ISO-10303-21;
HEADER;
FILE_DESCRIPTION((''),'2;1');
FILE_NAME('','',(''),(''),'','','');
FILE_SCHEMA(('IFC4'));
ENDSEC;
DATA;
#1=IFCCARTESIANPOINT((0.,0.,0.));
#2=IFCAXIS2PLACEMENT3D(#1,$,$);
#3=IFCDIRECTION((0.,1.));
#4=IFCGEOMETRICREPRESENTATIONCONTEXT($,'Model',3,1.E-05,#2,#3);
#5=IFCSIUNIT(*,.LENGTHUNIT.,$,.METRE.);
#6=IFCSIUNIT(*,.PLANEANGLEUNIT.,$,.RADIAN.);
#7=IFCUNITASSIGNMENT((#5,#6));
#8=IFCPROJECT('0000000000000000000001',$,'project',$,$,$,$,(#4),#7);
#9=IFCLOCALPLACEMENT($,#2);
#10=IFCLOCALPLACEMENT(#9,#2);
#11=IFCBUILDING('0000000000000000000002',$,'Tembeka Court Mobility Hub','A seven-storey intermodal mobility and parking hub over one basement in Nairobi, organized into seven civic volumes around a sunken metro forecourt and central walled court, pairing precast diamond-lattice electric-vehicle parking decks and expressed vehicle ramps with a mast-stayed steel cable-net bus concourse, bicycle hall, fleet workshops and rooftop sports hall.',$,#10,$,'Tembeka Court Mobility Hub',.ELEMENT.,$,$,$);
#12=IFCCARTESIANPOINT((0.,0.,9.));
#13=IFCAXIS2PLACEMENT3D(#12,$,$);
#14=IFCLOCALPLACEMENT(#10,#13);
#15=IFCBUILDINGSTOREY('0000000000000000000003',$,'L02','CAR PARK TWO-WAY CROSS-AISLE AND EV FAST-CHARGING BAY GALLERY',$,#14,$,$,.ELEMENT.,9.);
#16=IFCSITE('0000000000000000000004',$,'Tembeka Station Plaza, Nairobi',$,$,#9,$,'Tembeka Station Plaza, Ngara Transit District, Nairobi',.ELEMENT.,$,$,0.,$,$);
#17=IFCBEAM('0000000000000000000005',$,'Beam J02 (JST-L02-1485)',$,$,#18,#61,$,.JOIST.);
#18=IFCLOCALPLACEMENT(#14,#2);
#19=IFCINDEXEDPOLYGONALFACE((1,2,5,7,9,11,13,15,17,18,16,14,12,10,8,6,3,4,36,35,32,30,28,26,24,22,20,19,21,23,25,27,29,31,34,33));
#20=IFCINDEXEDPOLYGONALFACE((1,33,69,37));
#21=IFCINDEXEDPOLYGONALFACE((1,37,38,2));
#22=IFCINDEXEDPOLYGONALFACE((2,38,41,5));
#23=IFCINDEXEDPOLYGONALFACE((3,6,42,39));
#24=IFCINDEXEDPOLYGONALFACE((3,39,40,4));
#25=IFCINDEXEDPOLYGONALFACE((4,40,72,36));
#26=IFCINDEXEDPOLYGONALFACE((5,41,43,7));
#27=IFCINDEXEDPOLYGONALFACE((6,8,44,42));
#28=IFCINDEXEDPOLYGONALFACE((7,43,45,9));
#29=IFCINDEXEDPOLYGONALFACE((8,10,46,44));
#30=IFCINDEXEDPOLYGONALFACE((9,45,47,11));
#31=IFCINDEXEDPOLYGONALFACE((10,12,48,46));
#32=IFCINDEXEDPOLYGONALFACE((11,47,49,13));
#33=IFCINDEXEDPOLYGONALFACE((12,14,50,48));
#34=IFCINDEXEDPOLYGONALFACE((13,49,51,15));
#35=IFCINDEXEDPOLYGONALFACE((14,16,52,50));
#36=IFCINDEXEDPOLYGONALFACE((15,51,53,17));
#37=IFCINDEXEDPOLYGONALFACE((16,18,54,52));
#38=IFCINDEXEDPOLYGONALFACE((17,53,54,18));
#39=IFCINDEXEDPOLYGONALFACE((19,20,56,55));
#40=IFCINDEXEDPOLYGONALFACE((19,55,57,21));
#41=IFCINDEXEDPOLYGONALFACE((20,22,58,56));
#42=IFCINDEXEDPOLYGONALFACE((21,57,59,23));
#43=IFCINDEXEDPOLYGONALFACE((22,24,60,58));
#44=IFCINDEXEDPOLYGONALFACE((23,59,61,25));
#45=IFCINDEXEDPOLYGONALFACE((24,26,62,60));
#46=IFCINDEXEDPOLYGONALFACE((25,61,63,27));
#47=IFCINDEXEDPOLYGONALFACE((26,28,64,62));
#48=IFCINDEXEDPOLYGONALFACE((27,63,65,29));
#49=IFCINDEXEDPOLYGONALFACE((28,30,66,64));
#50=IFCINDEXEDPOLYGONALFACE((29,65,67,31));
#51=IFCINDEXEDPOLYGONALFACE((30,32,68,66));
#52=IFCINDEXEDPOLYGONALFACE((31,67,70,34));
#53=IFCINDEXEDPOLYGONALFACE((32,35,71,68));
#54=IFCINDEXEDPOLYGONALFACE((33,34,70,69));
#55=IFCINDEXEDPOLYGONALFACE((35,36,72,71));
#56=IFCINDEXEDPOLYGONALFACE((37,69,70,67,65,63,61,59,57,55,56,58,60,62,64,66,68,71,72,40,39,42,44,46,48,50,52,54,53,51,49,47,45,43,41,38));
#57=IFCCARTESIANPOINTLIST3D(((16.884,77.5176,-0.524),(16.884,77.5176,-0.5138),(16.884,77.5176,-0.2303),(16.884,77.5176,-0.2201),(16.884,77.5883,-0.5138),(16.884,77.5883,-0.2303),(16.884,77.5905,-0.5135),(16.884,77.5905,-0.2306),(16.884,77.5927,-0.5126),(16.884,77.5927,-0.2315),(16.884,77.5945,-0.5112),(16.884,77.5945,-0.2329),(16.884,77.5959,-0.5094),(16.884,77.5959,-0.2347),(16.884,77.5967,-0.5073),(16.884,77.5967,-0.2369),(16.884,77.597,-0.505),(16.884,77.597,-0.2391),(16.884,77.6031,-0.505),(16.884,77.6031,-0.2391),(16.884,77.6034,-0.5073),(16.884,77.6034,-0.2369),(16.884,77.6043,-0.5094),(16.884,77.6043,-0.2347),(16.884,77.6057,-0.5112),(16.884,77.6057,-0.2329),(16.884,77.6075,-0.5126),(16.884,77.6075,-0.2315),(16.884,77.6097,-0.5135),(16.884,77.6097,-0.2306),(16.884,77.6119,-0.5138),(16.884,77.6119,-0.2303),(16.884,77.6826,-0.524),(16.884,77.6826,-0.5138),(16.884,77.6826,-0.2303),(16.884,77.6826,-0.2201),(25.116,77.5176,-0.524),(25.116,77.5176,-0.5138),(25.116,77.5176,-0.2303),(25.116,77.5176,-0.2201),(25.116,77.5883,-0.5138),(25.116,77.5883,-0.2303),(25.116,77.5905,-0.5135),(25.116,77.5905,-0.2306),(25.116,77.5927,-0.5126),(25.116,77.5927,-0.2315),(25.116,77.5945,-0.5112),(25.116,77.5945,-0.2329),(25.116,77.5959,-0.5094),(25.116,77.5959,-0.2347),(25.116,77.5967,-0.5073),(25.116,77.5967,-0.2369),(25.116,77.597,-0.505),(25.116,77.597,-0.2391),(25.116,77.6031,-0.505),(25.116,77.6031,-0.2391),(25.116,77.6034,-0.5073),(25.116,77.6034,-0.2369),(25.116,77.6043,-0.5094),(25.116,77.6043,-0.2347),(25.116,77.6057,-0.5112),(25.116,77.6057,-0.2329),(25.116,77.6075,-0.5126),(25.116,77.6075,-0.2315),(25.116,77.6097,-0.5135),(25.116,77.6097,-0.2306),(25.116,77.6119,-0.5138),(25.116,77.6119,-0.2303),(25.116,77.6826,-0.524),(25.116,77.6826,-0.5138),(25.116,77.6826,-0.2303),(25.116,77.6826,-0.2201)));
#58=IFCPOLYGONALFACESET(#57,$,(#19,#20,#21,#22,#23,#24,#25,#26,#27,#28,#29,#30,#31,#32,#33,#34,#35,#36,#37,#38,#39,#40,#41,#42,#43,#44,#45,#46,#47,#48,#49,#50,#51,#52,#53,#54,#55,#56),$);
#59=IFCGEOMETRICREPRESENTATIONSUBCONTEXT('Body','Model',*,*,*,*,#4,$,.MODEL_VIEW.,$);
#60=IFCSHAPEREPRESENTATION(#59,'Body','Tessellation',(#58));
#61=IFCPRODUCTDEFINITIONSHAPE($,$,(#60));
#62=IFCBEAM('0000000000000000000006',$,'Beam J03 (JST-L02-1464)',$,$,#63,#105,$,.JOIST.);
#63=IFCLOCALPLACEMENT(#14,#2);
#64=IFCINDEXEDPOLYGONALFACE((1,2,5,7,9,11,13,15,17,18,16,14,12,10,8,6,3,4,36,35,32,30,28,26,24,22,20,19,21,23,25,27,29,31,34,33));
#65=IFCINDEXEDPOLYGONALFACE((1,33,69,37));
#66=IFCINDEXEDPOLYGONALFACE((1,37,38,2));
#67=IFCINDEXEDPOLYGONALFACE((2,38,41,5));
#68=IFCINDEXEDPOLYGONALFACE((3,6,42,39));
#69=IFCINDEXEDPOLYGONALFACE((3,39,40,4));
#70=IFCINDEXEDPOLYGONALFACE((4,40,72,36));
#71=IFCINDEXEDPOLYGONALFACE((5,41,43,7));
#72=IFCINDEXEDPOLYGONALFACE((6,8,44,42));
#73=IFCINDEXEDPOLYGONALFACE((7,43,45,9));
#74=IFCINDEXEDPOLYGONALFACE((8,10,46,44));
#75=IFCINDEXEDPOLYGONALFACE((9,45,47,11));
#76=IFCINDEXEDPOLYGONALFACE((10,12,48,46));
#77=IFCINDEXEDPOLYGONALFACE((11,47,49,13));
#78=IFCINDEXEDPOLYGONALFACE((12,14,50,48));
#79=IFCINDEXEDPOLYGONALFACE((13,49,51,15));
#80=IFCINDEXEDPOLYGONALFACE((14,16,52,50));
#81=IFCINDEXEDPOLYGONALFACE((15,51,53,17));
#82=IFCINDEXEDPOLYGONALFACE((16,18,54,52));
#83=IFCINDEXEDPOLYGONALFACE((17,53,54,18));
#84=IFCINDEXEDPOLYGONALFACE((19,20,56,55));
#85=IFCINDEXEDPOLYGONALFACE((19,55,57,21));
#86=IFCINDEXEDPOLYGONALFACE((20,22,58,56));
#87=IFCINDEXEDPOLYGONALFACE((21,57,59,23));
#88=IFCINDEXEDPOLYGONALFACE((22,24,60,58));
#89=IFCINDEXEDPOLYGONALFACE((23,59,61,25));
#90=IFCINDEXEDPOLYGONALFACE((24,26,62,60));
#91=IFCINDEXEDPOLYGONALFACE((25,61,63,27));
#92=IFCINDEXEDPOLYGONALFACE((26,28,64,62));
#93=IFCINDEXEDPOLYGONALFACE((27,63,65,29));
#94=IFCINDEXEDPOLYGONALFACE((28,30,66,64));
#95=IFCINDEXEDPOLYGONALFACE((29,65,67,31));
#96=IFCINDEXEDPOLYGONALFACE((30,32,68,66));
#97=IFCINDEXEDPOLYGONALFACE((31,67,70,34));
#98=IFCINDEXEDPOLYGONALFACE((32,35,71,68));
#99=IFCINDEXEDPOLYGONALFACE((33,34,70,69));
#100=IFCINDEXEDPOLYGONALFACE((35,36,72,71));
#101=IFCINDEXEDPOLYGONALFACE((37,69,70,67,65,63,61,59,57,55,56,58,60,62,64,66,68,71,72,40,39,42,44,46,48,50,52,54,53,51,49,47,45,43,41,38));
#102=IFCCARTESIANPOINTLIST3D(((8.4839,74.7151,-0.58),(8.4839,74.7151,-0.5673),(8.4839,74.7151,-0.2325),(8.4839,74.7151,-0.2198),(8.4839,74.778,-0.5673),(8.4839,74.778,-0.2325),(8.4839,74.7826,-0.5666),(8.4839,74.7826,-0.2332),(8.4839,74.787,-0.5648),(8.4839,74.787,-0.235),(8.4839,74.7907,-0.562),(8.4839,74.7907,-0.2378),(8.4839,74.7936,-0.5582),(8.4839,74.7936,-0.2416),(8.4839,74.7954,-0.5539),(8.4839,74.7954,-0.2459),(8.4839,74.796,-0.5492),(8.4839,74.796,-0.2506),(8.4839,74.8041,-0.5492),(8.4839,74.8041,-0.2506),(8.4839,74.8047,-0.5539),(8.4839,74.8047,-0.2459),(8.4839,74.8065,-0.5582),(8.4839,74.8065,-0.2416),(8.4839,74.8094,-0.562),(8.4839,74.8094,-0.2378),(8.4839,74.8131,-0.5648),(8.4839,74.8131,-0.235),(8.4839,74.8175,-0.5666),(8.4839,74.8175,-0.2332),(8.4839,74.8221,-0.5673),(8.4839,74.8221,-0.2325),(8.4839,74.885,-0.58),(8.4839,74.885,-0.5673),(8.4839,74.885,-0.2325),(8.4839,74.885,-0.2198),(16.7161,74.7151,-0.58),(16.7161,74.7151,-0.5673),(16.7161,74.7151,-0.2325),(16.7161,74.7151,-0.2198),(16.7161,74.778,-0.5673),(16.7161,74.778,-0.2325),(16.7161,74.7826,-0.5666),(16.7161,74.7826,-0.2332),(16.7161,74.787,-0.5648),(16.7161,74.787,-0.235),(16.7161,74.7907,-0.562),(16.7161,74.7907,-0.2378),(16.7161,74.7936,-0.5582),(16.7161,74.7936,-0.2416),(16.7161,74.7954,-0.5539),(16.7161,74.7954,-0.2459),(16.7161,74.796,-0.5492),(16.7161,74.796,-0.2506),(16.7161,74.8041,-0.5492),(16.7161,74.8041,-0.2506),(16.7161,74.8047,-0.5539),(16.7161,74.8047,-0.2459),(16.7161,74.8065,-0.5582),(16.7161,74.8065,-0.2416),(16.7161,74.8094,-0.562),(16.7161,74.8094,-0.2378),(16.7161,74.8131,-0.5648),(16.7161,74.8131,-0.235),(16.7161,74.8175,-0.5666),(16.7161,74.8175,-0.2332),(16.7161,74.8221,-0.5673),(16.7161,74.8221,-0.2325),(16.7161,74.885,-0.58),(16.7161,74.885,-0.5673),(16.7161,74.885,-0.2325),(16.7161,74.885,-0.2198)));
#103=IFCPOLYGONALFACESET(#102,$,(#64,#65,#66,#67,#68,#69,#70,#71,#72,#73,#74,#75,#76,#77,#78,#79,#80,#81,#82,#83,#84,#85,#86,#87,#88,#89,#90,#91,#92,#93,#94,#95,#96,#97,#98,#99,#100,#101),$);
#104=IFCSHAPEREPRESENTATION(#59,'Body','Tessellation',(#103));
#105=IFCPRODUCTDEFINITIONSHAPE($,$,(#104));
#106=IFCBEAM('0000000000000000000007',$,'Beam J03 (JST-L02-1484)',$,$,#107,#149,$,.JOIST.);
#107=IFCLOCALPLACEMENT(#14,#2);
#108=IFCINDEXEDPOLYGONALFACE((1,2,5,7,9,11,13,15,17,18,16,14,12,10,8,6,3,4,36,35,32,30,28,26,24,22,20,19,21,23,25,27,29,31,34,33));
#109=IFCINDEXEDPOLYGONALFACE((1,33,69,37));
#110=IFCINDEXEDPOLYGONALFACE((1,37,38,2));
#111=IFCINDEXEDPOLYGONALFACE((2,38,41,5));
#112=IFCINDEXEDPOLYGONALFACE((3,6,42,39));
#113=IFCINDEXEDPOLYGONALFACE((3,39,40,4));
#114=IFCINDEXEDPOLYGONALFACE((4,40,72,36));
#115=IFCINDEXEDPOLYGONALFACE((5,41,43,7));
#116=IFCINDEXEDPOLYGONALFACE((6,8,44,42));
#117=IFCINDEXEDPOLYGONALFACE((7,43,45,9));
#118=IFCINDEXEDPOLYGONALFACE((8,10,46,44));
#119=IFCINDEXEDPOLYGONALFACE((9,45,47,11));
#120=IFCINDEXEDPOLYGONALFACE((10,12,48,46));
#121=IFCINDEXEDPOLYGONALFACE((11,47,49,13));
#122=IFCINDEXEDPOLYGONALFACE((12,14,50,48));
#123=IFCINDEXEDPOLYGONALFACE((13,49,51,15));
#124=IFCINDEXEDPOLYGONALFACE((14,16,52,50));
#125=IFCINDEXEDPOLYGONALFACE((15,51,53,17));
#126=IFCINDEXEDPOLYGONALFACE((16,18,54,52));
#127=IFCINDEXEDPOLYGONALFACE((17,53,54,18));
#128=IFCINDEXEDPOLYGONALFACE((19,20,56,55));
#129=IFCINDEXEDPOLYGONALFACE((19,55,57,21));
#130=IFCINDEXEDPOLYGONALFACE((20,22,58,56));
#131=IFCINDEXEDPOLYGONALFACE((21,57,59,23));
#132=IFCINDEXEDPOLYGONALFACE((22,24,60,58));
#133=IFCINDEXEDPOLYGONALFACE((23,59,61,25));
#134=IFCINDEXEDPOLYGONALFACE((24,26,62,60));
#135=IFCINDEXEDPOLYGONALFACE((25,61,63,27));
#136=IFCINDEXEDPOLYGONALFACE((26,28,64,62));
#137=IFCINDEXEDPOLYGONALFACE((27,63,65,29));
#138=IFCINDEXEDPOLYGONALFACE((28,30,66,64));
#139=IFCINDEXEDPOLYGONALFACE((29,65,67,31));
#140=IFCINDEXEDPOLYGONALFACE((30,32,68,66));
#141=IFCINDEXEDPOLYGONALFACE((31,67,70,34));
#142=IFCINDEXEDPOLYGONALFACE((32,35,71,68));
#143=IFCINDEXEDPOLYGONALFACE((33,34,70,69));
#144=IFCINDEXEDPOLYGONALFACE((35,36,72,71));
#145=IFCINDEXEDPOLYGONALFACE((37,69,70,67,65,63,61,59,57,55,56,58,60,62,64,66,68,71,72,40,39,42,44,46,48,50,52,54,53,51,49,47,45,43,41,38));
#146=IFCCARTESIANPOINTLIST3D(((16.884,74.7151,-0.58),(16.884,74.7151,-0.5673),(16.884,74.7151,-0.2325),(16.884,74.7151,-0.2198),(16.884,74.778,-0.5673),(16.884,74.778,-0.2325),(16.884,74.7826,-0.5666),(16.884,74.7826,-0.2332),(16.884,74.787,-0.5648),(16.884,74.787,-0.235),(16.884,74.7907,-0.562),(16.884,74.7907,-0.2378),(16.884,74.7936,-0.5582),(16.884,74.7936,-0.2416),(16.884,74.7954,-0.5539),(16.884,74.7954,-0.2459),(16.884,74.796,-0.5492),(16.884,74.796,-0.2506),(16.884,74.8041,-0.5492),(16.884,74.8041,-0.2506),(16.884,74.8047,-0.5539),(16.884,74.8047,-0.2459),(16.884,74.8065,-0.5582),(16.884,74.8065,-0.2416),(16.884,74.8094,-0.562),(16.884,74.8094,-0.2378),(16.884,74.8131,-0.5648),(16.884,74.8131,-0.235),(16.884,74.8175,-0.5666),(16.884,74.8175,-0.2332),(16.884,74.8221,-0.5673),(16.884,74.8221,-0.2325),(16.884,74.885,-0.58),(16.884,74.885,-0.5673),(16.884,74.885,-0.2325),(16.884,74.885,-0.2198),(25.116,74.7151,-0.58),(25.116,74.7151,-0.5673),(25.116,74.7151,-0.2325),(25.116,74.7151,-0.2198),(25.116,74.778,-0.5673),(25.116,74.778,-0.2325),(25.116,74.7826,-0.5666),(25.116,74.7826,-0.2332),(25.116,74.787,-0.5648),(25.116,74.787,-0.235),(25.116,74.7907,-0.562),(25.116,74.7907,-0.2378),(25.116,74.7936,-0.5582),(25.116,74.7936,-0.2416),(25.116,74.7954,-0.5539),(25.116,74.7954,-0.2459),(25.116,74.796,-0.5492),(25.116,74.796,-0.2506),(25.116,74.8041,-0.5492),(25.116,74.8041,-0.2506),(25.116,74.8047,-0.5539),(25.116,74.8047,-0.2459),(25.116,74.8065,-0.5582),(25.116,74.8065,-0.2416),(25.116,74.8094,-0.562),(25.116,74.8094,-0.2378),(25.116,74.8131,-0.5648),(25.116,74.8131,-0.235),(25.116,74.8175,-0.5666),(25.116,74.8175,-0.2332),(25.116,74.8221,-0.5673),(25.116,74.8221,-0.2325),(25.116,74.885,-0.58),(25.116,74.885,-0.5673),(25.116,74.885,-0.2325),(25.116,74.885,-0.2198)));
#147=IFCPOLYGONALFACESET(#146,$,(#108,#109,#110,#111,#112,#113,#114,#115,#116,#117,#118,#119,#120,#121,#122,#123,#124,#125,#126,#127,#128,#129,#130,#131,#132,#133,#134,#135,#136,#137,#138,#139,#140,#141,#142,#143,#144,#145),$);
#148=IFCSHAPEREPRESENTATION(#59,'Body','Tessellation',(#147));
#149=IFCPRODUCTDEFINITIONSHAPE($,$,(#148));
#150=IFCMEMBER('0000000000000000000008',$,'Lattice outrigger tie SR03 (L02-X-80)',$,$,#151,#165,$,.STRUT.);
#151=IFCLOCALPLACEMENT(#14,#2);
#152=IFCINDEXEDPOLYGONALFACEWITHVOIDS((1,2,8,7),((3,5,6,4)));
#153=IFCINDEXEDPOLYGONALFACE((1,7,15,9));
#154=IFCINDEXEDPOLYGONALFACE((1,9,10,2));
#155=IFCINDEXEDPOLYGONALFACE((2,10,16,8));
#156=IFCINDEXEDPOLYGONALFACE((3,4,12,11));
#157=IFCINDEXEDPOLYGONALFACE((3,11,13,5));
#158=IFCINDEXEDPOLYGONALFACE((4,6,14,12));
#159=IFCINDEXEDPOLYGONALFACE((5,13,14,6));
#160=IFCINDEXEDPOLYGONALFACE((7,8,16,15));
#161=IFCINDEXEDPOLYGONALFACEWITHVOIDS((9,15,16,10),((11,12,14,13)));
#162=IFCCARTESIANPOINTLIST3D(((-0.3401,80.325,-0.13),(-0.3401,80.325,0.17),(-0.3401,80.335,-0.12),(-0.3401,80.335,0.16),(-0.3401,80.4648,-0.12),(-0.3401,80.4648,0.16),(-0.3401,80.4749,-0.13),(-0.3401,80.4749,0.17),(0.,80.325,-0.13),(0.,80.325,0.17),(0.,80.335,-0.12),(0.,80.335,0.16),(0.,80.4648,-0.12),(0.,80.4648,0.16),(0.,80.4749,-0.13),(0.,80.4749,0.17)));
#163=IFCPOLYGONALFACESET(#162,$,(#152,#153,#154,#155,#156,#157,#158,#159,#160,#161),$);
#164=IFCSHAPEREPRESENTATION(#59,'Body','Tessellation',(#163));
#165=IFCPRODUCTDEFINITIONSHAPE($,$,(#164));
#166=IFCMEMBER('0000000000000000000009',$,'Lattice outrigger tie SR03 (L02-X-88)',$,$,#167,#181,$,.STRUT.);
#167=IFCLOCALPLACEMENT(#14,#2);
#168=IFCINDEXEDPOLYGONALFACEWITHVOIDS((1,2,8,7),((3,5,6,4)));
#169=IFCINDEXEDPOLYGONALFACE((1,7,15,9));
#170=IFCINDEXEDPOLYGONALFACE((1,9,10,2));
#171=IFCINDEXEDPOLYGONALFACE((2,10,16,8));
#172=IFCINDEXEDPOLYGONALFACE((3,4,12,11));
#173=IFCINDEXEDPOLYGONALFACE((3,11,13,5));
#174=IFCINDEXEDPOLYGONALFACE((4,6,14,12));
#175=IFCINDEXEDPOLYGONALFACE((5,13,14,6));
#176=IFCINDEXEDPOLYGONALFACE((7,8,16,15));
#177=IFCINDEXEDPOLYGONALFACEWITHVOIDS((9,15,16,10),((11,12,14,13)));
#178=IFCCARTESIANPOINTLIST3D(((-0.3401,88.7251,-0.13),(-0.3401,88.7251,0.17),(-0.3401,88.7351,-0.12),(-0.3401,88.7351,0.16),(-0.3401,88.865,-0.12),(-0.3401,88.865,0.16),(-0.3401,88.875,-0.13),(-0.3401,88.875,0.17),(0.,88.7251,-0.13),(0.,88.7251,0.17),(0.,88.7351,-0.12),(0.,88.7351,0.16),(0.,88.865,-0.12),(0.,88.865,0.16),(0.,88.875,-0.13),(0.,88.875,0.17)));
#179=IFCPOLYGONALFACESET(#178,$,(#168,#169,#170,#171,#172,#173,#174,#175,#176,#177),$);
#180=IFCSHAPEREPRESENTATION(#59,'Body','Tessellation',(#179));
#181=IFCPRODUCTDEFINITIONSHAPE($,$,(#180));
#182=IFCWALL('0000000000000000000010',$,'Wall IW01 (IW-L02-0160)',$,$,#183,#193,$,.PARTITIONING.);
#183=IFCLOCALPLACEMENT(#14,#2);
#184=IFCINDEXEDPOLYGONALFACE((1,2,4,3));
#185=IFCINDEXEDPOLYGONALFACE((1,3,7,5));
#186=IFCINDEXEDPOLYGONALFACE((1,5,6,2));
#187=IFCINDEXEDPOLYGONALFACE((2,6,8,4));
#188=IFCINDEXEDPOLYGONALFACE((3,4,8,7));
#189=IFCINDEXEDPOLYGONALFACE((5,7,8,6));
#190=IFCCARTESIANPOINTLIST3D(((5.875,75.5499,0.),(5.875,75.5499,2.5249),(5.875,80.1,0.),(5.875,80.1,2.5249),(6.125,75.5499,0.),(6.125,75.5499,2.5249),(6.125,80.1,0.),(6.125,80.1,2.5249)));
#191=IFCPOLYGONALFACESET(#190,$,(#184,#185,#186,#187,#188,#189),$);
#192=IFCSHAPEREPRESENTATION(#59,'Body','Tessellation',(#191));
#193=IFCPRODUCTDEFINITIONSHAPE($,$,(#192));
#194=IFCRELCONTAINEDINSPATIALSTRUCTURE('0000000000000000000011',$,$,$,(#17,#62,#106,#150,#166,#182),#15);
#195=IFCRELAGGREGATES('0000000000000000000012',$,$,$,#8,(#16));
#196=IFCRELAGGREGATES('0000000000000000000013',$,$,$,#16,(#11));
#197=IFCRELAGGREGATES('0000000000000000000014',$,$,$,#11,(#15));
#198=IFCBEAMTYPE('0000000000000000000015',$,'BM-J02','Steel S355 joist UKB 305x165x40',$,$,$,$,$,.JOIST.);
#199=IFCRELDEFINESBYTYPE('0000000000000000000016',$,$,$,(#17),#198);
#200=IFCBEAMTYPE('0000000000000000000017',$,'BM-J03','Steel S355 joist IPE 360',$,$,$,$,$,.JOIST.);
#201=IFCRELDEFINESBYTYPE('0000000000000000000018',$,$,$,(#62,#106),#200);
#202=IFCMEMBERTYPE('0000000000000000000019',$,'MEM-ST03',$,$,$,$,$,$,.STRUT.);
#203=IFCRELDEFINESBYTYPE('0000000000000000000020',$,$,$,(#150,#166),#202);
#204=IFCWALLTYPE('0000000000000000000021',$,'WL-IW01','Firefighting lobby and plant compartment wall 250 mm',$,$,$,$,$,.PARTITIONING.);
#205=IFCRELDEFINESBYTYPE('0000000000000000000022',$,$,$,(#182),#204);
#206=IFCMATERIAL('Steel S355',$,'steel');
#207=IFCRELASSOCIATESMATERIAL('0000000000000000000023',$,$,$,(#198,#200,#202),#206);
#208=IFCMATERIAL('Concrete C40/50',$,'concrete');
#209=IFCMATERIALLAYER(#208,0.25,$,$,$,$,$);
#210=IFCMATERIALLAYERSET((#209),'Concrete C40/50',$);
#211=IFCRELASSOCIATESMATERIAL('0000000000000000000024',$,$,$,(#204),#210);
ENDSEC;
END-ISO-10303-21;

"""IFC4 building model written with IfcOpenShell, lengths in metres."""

from ifc_helpers import new_model, si_unit, direction, frame, frame_2d, origin, origin_2d, place, context, subcontext, project, spatial, rectangle, hollow_rectangle, i_section, extrude, material, layer, layer_set, material_profile, profile_set, type_object, element, save


model = new_model("IFC4")

# Units and contexts
model_context = context("Model", 3, precision=1e-05, world=origin(), true_north=direction((0.0, 1.0)))
body_context = subcontext(model_context, "Body", "Model", "MODEL_VIEW")
ifc_project = project(units=[si_unit("LENGTHUNIT", "METRE"), si_unit("PLANEANGLEUNIT", "RADIAN")], contexts=[model_context])

# Site, building, storey
site_placement = place(None, origin())
site = spatial("IfcSite", under=ifc_project, at=site_placement, Name="Tembeka Station Plaza, Nairobi", LongName="Tembeka Station Plaza, Ngara Transit District, Nairobi", CompositionType="ELEMENT", RefElevation=0.0)
building_placement = place(site_placement, origin())
building = spatial("IfcBuilding", under=site, at=building_placement, Name="Tembeka Court Mobility Hub", Description="A seven-storey intermodal mobility and parking hub over one basement in Nairobi, organized into seven civic volumes around a sunken metro forecourt and central walled court, pairing precast diamond-lattice electric-vehicle parking decks and expressed vehicle ramps with a mast-stayed steel cable-net bus concourse, bicycle hall, fleet workshops and rooftop sports hall.", LongName="Tembeka Court Mobility Hub", CompositionType="ELEMENT")
storey_placement = place(building_placement, frame((0.0, 0.0, 9.0)))
storey = spatial("IfcBuildingStorey", under=building, at=storey_placement, Name="L02", Description="CAR PARK TWO-WAY CROSS-AISLE AND EV FAST-CHARGING BAY GALLERY", CompositionType="ELEMENT", Elevation=9.0)

# Shared definitions
ifc_material_1 = material(Name="Steel S355", Category="steel")

# Beams
ifc_material_profile_1 = material_profile(ifc_material_1, i_section(OverallWidth=0.165, OverallDepth=0.304, WebThickness=0.0061, FlangeThickness=0.0103, FilletRadius=0.0088, at=origin_2d()), Name="UKB 305x165x40")
ifc_profile_set_1 = profile_set([ifc_material_profile_1], Name="Steel S355")
beam_type_1 = type_object("IfcBeamType", Name="BM-J02", Description="Steel S355 joist UKB 305x165x40", PredefinedType="JOIST", material=ifc_profile_set_1)
beam_1_placement = place(storey_placement, frame((16.884, 77.6001, -0.3721), z_axis=(1.0, 0.0, 0.0), x_axis=(0.0, 1.0, 0.0)))
element("IfcBeam", 1, at=beam_1_placement, inside=storey, type_object=beam_type_1, Name="Beam J02 (JST-L02-1485)", PredefinedType="JOIST", context=body_context, shape_type="SweptSolid", body=[
    extrude(i_section(OverallWidth=0.165, OverallDepth=0.304, WebThickness=0.0061, FlangeThickness=0.0103, FilletRadius=0.0088, at=origin_2d()), origin(), (0.0, 0.0, 1.0), 8.2319),
])
ifc_material_profile_2 = material_profile(ifc_material_1, i_section(OverallWidth=0.1699, OverallDepth=0.3601, WebThickness=0.0081, FlangeThickness=0.0127, FilletRadius=0.0181, at=origin_2d()), Name="IPE 360")
ifc_profile_set_2 = profile_set([ifc_material_profile_2], Name="Steel S355")
beam_type_2 = type_object("IfcBeamType", Name="BM-J03", Description="Steel S355 joist IPE 360", PredefinedType="JOIST", material=ifc_profile_set_2)
beam_2_placement = place(storey_placement, frame((8.4839, 74.8, -0.3999), z_axis=(1.0, 0.0, 0.0), x_axis=(0.0, 1.0, 0.0)))
element("IfcBeam", 2, at=beam_2_placement, inside=storey, type_object=beam_type_2, Name="Beam J03 (JST-L02-1464)", PredefinedType="JOIST", context=body_context, shape_type="SweptSolid", body=[
    extrude(i_section(OverallWidth=0.1699, OverallDepth=0.3601, WebThickness=0.0081, FlangeThickness=0.0127, FilletRadius=0.0181, at=origin_2d()), origin(), (0.0, 0.0, 1.0), 8.2322),
])
beam_3_placement = place(storey_placement, frame((16.884, 74.8, -0.3999), z_axis=(1.0, 0.0, 0.0), x_axis=(0.0, 1.0, 0.0)))
element("IfcBeam", 3, at=beam_3_placement, inside=storey, type_object=beam_type_2, Name="Beam J03 (JST-L02-1484)", PredefinedType="JOIST", context=body_context, shape_type="SweptSolid", body=[
    extrude(i_section(OverallWidth=0.1699, OverallDepth=0.3601, WebThickness=0.0081, FlangeThickness=0.0127, FilletRadius=0.0181, at=origin_2d()), origin(), (0.0, 0.0, 1.0), 8.2319),
])

# Members
ifc_material_profile_3 = material_profile(ifc_material_1, hollow_rectangle(XDim=0.1499, YDim=0.3, WallThickness=0.01, at=origin_2d()), Name="RHS 300x150x10")
ifc_profile_set_3 = profile_set([ifc_material_profile_3], Name="Steel S355")
member_type = type_object("IfcMemberType", Name="MEM-ST03", PredefinedType="STRUT", material=ifc_profile_set_3)
for number, where, z_axis, x_axis, name in (
    (4, (0.0, 80.3999, 0.02), (-1.0, 0.0, 0.0), (0.0, -1.0, 0.0), "Lattice outrigger tie SR03 (L02-X-80)"),
    (5, (0.0, 88.8, 0.02), (-1.0, 0.0, 0.0), (0.0, -1.0, 0.0), "Lattice outrigger tie SR03 (L02-X-88)"),
):
    element("IfcMember", number, at=place(storey_placement, frame(where, z_axis=z_axis, x_axis=x_axis)), inside=storey, type_object=member_type, Name=name, PredefinedType="STRUT", context=body_context, shape_type="SweptSolid", body=[
        extrude(hollow_rectangle(XDim=0.1499, YDim=0.3, WallThickness=0.01, at=origin_2d()), origin(), (0.0, 0.0, 1.0), 0.3401),
    ])

# Wall
ifc_material_2 = material(Name="Concrete C40/50", Category="concrete")
ifc_layer_1 = layer(ifc_material_2, 0.25)
ifc_layer_set_1 = layer_set([ifc_layer_1], Name="Concrete C40/50")
wall_type_1 = type_object("IfcWallType", Name="WL-IW01", Description="Firefighting lobby and plant compartment wall 250 mm", PredefinedType="PARTITIONING", material=ifc_layer_set_1)
wall_1_placement = place(storey_placement, frame((6.0, 75.55, 0.0), z_axis=(0.0, 0.0, 1.0), x_axis=(0.0, 1.0, 0.0)))
element("IfcWall", 6, at=wall_1_placement, inside=storey, type_object=wall_type_1, Name="Wall IW01 (IW-L02-0160)", PredefinedType="PARTITIONING", context=body_context, shape_type="SweptSolid", body=[
    extrude(rectangle(XDim=4.55, YDim=0.25, at=frame_2d((2.2749, 0.0))), origin(), (0.0, 0.0, 1.0), 2.5249),
])

save(model, "model.ifc")
